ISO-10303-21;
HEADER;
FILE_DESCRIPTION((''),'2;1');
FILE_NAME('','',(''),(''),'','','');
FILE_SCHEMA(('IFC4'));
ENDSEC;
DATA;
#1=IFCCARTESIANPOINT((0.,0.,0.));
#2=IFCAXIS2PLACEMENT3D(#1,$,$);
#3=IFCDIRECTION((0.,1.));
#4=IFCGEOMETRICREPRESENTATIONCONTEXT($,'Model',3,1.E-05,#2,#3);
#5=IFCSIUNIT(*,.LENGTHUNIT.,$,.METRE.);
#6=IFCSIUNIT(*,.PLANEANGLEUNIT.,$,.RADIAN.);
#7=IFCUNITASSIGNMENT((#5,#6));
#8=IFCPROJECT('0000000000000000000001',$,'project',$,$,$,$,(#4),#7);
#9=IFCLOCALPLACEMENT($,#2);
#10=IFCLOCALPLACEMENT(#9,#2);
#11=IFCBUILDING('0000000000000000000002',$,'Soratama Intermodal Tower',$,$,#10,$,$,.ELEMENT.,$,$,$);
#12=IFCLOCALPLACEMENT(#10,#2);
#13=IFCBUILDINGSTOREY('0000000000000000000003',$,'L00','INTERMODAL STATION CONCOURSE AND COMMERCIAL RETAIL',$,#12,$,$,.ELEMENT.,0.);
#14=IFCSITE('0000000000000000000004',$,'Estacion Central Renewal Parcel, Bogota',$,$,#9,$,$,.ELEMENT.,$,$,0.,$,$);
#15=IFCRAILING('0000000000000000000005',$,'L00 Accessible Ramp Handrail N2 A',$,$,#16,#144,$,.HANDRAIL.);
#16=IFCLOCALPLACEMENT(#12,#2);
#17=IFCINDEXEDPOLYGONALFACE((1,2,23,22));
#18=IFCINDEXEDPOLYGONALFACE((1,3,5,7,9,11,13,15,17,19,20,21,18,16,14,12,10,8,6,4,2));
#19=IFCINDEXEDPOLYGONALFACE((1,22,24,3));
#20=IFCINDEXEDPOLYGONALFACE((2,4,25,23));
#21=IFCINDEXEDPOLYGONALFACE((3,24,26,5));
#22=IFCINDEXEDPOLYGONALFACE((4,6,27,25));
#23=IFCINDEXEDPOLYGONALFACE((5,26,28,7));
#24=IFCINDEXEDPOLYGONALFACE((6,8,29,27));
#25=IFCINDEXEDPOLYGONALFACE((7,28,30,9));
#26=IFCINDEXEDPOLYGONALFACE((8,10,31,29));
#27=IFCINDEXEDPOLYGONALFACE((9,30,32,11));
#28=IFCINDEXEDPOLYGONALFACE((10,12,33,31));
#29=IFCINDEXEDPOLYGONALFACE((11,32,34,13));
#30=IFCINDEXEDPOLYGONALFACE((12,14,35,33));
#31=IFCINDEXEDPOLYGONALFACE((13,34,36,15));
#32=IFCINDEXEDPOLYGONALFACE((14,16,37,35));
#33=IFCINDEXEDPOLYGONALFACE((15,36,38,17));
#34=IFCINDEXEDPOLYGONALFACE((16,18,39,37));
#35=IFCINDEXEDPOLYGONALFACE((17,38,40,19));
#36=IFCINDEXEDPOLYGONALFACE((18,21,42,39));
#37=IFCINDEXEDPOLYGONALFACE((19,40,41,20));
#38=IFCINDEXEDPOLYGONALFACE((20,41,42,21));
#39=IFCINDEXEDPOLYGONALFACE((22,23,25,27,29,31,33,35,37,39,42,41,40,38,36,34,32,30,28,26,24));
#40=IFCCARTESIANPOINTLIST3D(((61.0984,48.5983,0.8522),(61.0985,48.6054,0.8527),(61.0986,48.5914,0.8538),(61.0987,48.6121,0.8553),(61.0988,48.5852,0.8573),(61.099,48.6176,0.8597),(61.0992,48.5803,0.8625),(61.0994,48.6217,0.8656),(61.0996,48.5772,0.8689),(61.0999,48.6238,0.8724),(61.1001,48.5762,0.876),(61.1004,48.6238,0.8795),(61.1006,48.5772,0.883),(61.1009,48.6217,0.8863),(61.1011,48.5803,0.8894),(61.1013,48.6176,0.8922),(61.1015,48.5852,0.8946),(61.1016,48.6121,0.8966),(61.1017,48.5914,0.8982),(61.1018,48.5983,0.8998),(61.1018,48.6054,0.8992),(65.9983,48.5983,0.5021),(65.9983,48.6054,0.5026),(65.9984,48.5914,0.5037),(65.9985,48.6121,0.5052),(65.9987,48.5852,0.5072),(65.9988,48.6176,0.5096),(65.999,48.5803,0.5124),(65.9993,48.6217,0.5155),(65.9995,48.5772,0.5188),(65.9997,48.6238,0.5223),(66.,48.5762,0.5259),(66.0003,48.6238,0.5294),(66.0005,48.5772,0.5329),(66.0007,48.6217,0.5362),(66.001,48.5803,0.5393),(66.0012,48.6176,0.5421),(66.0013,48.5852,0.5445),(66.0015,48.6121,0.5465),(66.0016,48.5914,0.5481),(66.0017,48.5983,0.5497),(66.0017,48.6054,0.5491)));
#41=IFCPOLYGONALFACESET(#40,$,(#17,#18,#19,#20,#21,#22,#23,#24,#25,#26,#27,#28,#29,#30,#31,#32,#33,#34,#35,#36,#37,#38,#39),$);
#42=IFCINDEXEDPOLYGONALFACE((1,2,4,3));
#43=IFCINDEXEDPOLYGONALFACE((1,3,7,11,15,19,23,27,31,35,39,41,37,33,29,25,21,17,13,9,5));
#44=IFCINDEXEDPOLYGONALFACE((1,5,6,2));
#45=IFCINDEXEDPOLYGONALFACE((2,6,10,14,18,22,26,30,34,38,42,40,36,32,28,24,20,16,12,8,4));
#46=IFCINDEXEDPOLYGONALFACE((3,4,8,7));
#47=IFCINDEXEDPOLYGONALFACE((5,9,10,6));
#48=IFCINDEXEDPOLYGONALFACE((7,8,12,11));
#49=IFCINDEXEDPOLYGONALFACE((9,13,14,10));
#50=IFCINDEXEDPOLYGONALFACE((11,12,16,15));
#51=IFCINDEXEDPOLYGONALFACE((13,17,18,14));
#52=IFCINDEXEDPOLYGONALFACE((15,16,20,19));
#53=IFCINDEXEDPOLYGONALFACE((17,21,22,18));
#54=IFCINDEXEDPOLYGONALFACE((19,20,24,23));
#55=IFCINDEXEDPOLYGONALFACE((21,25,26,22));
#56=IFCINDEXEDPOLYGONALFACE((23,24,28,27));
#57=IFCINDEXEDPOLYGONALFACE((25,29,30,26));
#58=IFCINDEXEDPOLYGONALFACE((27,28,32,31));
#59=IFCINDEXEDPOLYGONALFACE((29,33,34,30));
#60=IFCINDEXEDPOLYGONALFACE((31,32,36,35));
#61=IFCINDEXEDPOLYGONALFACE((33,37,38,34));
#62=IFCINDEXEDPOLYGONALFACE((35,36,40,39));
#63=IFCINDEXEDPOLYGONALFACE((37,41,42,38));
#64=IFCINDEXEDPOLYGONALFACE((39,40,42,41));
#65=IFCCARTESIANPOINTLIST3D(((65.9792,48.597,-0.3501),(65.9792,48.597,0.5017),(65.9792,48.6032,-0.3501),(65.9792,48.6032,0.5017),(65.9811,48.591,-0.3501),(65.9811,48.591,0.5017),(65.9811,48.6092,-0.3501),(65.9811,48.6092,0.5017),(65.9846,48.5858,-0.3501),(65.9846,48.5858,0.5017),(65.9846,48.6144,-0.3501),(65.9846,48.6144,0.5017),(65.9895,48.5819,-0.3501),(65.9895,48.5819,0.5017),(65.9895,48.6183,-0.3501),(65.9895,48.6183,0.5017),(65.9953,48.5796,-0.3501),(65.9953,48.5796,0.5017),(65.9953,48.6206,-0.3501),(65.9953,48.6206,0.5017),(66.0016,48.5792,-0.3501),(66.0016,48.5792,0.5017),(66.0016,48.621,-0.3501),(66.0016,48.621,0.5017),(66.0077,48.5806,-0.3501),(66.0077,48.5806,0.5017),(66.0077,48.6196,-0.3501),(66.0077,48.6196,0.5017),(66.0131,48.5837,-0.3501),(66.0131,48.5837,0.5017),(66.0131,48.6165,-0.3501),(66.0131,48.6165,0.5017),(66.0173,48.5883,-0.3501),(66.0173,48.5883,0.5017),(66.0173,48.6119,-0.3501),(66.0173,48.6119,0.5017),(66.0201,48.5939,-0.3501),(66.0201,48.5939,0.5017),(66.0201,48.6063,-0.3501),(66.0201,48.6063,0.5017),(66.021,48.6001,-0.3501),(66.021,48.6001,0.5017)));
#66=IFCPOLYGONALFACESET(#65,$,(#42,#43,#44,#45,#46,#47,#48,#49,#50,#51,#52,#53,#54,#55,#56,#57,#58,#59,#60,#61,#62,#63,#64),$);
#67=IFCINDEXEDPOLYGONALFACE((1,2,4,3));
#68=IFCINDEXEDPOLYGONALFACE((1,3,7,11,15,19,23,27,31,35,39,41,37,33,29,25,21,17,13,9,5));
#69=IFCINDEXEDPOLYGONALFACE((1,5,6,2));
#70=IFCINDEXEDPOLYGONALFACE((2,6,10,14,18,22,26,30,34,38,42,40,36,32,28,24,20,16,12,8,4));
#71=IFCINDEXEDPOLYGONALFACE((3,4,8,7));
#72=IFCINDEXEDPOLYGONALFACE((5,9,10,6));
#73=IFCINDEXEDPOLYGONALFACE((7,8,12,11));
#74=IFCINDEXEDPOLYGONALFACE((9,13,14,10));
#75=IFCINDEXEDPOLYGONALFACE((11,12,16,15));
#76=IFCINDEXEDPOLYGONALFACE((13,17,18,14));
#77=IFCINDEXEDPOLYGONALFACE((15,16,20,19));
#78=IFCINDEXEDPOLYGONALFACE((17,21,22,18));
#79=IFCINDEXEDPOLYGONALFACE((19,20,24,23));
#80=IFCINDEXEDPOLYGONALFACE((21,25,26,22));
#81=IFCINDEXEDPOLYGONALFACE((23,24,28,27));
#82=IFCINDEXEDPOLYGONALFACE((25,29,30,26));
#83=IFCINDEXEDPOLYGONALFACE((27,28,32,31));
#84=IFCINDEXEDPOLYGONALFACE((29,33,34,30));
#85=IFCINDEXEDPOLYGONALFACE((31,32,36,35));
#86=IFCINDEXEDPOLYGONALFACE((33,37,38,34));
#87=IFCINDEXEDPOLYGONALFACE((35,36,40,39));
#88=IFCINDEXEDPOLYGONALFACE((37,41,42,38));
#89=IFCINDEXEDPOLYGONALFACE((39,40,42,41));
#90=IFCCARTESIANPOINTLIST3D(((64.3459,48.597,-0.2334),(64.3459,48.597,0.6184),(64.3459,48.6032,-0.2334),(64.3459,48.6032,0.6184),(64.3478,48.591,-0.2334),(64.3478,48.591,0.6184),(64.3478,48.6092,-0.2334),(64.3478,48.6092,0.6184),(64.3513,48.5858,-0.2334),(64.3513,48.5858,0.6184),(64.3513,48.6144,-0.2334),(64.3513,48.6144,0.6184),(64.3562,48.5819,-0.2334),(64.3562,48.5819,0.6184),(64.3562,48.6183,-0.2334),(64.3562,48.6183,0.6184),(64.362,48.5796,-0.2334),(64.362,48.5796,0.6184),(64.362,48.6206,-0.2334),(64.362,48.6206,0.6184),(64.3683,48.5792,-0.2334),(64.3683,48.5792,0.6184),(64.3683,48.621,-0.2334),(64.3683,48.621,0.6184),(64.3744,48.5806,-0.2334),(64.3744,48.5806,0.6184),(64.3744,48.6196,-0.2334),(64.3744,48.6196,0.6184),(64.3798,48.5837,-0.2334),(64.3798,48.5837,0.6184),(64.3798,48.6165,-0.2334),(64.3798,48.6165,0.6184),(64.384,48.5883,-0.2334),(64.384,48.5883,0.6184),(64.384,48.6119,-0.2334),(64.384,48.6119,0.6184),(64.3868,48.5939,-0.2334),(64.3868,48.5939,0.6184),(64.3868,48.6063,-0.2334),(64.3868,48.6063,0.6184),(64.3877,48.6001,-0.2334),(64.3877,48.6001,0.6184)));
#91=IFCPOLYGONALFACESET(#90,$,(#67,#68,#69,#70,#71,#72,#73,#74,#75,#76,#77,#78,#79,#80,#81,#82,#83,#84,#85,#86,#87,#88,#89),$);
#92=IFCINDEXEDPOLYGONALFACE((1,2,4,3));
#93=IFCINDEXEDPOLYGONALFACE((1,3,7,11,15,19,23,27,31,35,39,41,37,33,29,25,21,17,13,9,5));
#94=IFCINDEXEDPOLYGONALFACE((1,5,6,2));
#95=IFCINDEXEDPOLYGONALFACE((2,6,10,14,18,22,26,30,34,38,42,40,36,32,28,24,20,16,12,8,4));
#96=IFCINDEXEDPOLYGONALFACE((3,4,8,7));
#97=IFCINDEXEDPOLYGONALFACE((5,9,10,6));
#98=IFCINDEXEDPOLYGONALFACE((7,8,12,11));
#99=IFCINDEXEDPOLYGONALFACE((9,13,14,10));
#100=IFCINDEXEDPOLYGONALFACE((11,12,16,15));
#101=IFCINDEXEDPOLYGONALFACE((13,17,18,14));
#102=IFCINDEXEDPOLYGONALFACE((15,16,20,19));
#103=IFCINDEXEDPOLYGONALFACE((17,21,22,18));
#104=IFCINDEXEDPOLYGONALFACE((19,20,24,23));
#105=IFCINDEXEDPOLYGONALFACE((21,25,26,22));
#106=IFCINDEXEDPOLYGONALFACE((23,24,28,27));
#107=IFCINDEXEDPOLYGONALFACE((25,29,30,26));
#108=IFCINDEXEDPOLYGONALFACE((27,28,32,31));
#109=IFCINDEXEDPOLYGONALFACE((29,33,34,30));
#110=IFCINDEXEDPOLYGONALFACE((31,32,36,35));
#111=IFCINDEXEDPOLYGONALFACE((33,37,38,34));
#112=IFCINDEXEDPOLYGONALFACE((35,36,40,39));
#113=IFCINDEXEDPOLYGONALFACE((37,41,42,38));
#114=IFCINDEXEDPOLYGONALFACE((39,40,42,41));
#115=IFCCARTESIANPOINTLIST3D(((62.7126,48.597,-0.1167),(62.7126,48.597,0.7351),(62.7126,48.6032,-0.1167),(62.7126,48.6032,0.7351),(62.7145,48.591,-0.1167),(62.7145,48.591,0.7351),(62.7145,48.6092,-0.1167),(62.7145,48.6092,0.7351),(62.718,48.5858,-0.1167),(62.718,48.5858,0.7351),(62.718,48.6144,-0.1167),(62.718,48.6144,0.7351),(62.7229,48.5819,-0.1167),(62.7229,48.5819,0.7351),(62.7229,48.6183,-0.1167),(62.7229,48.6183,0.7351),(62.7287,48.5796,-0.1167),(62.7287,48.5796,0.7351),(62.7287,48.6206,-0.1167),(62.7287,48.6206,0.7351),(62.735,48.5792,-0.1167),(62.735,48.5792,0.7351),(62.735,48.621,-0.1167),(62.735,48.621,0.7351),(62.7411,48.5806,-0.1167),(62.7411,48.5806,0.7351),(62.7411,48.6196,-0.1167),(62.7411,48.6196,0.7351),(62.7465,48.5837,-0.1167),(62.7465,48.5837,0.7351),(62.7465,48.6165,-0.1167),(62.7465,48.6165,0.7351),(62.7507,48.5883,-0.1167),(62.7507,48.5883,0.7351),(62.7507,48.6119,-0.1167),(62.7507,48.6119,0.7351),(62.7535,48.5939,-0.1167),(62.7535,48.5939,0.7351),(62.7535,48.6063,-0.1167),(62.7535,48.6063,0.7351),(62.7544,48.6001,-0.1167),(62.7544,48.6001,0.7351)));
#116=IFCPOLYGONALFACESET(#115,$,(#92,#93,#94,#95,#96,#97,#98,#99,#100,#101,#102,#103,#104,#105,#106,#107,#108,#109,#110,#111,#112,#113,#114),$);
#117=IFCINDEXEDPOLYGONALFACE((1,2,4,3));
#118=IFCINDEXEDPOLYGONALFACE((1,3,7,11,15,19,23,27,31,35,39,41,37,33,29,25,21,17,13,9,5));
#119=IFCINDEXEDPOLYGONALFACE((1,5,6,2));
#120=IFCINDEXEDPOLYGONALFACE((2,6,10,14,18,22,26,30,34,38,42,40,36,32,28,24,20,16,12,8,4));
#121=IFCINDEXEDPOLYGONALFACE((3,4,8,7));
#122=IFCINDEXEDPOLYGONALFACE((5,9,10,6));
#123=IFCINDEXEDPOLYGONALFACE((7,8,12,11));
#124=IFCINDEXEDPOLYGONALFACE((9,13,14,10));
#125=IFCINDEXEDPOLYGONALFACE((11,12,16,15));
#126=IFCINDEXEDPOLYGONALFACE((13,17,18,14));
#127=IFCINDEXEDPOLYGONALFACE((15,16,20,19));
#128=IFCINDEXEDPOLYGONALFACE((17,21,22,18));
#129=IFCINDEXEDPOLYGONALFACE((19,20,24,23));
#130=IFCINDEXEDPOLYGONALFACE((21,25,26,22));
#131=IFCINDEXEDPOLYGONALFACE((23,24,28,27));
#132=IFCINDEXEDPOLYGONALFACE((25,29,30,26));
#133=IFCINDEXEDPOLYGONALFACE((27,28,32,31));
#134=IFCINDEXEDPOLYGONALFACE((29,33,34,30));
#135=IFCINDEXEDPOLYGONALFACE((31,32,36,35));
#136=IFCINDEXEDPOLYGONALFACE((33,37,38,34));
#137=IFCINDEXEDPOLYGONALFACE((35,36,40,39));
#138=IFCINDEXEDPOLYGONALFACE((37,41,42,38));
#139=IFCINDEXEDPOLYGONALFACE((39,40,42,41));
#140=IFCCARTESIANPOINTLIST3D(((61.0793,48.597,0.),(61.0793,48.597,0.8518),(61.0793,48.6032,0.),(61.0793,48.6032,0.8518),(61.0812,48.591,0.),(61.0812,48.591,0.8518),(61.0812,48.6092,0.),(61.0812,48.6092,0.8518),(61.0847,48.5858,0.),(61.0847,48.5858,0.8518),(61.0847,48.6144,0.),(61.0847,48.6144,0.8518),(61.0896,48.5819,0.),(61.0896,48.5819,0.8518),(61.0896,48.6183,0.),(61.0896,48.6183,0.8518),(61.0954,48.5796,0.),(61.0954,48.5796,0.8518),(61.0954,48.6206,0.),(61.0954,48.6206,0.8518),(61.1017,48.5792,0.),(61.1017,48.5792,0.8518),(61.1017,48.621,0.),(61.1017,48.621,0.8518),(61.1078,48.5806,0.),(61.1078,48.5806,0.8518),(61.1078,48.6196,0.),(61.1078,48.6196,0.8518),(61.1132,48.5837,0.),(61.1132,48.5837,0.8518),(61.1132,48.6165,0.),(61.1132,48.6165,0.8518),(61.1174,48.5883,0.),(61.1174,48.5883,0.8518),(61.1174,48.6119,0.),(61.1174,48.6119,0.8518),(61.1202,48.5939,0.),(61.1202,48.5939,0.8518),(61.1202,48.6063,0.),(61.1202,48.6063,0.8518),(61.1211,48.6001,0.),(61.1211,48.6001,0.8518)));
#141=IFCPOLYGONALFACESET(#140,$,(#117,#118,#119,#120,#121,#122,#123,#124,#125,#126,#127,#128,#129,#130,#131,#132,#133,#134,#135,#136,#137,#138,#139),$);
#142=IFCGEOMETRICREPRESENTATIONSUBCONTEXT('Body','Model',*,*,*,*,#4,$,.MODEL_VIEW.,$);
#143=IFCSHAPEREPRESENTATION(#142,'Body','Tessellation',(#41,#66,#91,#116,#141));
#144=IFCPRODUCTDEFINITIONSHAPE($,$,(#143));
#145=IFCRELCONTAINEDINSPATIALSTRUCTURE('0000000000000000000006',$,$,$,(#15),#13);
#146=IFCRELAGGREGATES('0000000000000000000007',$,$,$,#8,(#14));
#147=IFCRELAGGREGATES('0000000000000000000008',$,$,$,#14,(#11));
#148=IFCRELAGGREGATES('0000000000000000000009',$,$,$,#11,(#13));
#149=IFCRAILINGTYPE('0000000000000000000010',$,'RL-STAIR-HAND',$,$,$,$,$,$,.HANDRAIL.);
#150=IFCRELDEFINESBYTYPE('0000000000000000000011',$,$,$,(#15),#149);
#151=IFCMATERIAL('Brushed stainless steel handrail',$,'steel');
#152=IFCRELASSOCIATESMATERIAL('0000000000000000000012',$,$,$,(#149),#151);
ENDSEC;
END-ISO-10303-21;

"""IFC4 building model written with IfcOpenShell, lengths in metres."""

from ifc_helpers import new_model, si_unit, direction, frame, origin, origin_2d, place, context, subcontext, project, spatial, circle, extrude, material, type_object, element, save


model = new_model("IFC4")

# Units and contexts
model_context = context("Model", 3, precision=1e-05, world=origin(), true_north=direction((0.0, 1.0)))
body_context = subcontext(model_context, "Body", "Model", "MODEL_VIEW")
ifc_project = project(units=[si_unit("LENGTHUNIT", "METRE"), si_unit("PLANEANGLEUNIT", "RADIAN")], contexts=[model_context])

# Site, building, storey
site_placement = place(None, origin())
site = spatial("IfcSite", under=ifc_project, at=site_placement, Name="Estacion Central Renewal Parcel, Bogota", CompositionType="ELEMENT", RefElevation=0.0)
building_placement = place(site_placement, origin())
building = spatial("IfcBuilding", under=site, at=building_placement, Name="Soratama Intermodal Tower", CompositionType="ELEMENT")
storey_placement = place(building_placement, origin())
storey = spatial("IfcBuildingStorey", under=building, at=storey_placement, Name="L00", Description="INTERMODAL STATION CONCOURSE AND COMMERCIAL RETAIL", CompositionType="ELEMENT", Elevation=0.0)

# Railing
ifc_material_1 = material(Name="Brushed stainless steel handrail", Category="steel")
railing_type_1 = type_object("IfcRailingType", Name="RL-STAIR-HAND", PredefinedType="HANDRAIL", material=ifc_material_1)
for number, where, name in (
    (1, (66.0, 48.6001, -0.3501), "L00 Accessible Ramp Handrail N2 A"),
):
    element("IfcRailing", number, at=place(storey_placement, frame(where)), inside=storey, type_object=railing_type_1, Name=name, PredefinedType="HANDRAIL", context=body_context, shape_type="SweptSolid", body=[
        extrude(circle(Radius=0.0239, at=origin_2d()), frame((0.0, 0.0, 0.876), z_axis=(-0.997457, 0.0, 0.071268), x_axis=(0.0, -1.0, 0.0)), (0.0, 0.0, 1.0), 4.9124),
        extrude(circle(Radius=0.021, at=origin_2d()), origin(), (0.0, 0.0, 1.0), 0.8518),
        extrude(circle(Radius=0.021, at=origin_2d()), frame((-1.6333, 0.0, 0.1167)), (0.0, 0.0, 1.0), 0.8518),
        extrude(circle(Radius=0.021, at=origin_2d()), frame((-3.2666, 0.0, 0.2334)), (0.0, 0.0, 1.0), 0.8518),
        extrude(circle(Radius=0.021, at=origin_2d()), frame((-4.8999, 0.0, 0.3501)), (0.0, 0.0, 1.0), 0.8518),
    ])

save(model, "model.ifc")
